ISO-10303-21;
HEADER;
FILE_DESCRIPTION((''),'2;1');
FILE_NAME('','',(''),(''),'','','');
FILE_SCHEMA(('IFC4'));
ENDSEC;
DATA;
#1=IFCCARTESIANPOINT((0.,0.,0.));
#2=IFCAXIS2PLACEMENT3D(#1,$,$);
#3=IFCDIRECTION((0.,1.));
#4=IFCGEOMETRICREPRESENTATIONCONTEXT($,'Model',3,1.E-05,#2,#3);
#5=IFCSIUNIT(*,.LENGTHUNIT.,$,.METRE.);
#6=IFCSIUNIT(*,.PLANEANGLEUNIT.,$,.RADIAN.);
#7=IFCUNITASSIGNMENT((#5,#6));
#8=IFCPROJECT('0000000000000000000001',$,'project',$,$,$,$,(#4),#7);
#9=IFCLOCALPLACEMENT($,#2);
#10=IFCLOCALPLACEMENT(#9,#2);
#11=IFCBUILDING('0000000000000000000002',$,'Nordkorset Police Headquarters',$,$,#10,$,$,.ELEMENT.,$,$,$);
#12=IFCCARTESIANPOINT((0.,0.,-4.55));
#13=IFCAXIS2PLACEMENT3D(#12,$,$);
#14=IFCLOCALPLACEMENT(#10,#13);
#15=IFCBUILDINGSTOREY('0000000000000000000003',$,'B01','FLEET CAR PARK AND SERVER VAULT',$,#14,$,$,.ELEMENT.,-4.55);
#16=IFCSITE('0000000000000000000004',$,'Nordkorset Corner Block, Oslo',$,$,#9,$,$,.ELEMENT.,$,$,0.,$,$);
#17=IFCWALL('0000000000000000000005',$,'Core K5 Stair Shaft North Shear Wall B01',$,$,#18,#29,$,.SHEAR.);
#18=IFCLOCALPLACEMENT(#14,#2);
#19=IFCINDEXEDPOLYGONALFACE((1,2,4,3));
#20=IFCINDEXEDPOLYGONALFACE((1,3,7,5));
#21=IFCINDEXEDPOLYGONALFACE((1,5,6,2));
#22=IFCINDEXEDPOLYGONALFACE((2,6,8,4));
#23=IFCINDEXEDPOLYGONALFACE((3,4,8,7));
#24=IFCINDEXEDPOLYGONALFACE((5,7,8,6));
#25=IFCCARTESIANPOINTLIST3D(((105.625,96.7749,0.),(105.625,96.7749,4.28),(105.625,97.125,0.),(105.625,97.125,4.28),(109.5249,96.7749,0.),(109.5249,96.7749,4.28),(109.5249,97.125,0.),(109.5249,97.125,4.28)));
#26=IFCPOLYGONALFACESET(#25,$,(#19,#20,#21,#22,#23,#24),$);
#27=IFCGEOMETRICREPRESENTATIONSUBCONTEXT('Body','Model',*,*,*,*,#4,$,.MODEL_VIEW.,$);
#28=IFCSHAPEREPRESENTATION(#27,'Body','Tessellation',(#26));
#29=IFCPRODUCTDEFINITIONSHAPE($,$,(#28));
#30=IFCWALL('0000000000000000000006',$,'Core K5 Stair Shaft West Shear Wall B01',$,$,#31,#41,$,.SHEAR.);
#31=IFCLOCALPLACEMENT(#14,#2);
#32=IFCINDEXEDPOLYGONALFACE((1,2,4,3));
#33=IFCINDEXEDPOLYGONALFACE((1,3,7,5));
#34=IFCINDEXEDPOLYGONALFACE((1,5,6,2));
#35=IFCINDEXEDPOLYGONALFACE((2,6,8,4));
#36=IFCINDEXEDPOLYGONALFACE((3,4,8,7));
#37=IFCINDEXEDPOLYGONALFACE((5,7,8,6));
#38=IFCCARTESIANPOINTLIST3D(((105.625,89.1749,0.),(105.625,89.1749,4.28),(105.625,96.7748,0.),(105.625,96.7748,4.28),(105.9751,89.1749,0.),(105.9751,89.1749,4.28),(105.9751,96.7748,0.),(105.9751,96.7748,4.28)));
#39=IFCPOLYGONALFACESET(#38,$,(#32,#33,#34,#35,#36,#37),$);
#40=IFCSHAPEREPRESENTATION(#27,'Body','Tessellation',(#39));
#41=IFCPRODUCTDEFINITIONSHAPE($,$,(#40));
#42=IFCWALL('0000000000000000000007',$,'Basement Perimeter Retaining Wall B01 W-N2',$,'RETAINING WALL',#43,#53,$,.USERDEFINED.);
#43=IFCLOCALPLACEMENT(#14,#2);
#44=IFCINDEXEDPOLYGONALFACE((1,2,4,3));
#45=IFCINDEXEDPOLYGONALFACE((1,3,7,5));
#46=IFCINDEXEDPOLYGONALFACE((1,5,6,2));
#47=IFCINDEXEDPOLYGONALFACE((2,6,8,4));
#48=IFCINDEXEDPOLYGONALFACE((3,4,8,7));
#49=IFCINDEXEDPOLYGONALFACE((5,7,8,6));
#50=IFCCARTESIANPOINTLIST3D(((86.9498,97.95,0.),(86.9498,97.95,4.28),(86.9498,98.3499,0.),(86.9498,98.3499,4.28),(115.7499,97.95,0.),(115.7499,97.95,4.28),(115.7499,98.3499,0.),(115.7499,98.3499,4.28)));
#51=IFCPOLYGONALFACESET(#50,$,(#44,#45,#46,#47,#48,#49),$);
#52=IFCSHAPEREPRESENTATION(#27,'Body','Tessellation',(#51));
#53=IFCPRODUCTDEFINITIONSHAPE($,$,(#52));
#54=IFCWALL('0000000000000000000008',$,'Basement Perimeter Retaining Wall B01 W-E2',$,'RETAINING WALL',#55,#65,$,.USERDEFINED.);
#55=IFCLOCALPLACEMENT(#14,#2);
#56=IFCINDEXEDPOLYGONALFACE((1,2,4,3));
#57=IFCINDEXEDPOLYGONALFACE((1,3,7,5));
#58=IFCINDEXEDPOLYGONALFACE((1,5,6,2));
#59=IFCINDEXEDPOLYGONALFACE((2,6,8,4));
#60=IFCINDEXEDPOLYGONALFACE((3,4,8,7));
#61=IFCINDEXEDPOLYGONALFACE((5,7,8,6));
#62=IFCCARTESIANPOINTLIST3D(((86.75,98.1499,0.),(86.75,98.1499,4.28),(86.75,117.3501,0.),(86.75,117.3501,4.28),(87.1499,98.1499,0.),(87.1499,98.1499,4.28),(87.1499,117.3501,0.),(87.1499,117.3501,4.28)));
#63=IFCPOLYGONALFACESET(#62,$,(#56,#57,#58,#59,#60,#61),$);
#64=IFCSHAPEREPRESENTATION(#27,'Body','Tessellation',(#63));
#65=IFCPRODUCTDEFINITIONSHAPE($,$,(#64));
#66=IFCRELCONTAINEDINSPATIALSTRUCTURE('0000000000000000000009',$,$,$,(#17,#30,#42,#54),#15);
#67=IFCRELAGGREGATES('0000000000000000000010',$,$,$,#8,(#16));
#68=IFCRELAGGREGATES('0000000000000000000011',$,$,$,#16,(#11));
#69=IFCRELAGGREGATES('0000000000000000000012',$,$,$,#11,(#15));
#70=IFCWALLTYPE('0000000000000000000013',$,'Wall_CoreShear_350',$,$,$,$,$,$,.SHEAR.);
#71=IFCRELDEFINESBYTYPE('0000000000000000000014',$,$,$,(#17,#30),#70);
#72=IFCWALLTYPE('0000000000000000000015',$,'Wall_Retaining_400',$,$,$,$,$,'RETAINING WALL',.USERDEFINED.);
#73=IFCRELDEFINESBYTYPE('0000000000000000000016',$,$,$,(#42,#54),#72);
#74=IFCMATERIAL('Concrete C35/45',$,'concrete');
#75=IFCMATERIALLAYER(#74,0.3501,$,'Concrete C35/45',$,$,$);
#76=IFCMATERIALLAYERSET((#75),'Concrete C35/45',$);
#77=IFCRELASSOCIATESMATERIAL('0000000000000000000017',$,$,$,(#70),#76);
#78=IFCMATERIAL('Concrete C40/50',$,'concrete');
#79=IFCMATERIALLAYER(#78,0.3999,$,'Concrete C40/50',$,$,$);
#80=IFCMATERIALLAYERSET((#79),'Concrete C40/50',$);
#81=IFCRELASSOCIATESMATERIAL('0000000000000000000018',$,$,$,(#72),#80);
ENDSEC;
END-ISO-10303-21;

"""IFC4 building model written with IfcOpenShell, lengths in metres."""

from ifc_helpers import new_model, si_unit, direction, frame, frame_2d, origin, place, context, subcontext, project, spatial, rectangle, extrude, material, layer, layer_set, type_object, element, save


model = new_model("IFC4")

# Units and contexts
model_context = context("Model", 3, precision=1e-05, world=origin(), true_north=direction((0.0, 1.0)))
body_context = subcontext(model_context, "Body", "Model", "MODEL_VIEW")
ifc_project = project(units=[si_unit("LENGTHUNIT", "METRE"), si_unit("PLANEANGLEUNIT", "RADIAN")], contexts=[model_context])

# Site, building, storey
site_placement = place(None, origin())
site = spatial("IfcSite", under=ifc_project, at=site_placement, Name="Nordkorset Corner Block, Oslo", CompositionType="ELEMENT", RefElevation=0.0)
building_placement = place(site_placement, origin())
building = spatial("IfcBuilding", under=site, at=building_placement, Name="Nordkorset Police Headquarters", CompositionType="ELEMENT")
storey_placement = place(building_placement, frame((0.0, 0.0, -4.55)))
storey = spatial("IfcBuildingStorey", under=building, at=storey_placement, Name="B01", Description="FLEET CAR PARK AND SERVER VAULT", CompositionType="ELEMENT", Elevation=-4.55)

# Shared definitions
ifc_material_1 = material(Name="Concrete C35/45", Category="concrete")
ifc_layer_1 = layer(ifc_material_1, 0.3501, Name="Concrete C35/45")
ifc_layer_set_1 = layer_set([ifc_layer_1], Name="Concrete C35/45")
wall_type_1 = type_object("IfcWallType", Name="Wall_CoreShear_350", PredefinedType="SHEAR", material=ifc_layer_set_1)

# Walls
wall_1_placement = place(storey_placement, frame((105.625, 96.95, 0.0), z_axis=(0.0, 0.0, 1.0), x_axis=(1.0, 0.0, 0.0)))
element("IfcWall", 1, at=wall_1_placement, inside=storey, type_object=wall_type_1, Name="Core K5 Stair Shaft North Shear Wall B01", PredefinedType="SHEAR", context=body_context, shape_type="SweptSolid", body=[
    extrude(rectangle(XDim=3.8999, YDim=0.3501, at=frame_2d((1.95, 0.0))), origin(), (0.0, 0.0, 1.0), 4.28),
])
wall_2_placement = place(storey_placement, frame((105.8, 89.175, 0.0), z_axis=(0.0, 0.0, 1.0), x_axis=(0.0, 1.0, 0.0)))
element("IfcWall", 2, at=wall_2_placement, inside=storey, type_object=wall_type_1, Name="Core K5 Stair Shaft West Shear Wall B01", PredefinedType="SHEAR", context=body_context, shape_type="SweptSolid", body=[
    extrude(rectangle(XDim=7.5999, YDim=0.3501, at=frame_2d((3.7998, 0.0))), origin(), (0.0, 0.0, 1.0), 4.28),
])
ifc_material_2 = material(Name="Concrete C40/50", Category="concrete")
ifc_layer_2 = layer(ifc_material_2, 0.3999, Name="Concrete C40/50")
ifc_layer_set_2 = layer_set([ifc_layer_2], Name="Concrete C40/50")
wall_type_2 = type_object("IfcWallType", Name="Wall_Retaining_400", ElementType="RETAINING WALL", PredefinedType="USERDEFINED", material=ifc_layer_set_2)
wall_3_placement = place(storey_placement, frame((86.95, 98.1499, 0.0), z_axis=(0.0, 0.0, 1.0), x_axis=(1.0, 0.0, 0.0)))
element("IfcWall", 3, at=wall_3_placement, inside=storey, type_object=wall_type_2, Name="Basement Perimeter Retaining Wall B01 W-N2", ObjectType="RETAINING WALL", PredefinedType="USERDEFINED", context=body_context, shape_type="SweptSolid", body=[
    extrude(rectangle(XDim=28.8, YDim=0.3999, at=frame_2d((14.3999, 0.0))), origin(), (0.0, 0.0, 1.0), 4.28),
])
wall_4_placement = place(storey_placement, frame((86.95, 98.1499, 0.0), z_axis=(0.0, 0.0, 1.0), x_axis=(0.0, 1.0, 0.0)))
element("IfcWall", 4, at=wall_4_placement, inside=storey, type_object=wall_type_2, Name="Basement Perimeter Retaining Wall B01 W-E2", ObjectType="RETAINING WALL", PredefinedType="USERDEFINED", context=body_context, shape_type="SweptSolid", body=[
    extrude(rectangle(XDim=19.2002, YDim=0.3999, at=frame_2d((9.6001, 0.0))), origin(), (0.0, 0.0, 1.0), 4.28),
])

save(model, "model.ifc")
